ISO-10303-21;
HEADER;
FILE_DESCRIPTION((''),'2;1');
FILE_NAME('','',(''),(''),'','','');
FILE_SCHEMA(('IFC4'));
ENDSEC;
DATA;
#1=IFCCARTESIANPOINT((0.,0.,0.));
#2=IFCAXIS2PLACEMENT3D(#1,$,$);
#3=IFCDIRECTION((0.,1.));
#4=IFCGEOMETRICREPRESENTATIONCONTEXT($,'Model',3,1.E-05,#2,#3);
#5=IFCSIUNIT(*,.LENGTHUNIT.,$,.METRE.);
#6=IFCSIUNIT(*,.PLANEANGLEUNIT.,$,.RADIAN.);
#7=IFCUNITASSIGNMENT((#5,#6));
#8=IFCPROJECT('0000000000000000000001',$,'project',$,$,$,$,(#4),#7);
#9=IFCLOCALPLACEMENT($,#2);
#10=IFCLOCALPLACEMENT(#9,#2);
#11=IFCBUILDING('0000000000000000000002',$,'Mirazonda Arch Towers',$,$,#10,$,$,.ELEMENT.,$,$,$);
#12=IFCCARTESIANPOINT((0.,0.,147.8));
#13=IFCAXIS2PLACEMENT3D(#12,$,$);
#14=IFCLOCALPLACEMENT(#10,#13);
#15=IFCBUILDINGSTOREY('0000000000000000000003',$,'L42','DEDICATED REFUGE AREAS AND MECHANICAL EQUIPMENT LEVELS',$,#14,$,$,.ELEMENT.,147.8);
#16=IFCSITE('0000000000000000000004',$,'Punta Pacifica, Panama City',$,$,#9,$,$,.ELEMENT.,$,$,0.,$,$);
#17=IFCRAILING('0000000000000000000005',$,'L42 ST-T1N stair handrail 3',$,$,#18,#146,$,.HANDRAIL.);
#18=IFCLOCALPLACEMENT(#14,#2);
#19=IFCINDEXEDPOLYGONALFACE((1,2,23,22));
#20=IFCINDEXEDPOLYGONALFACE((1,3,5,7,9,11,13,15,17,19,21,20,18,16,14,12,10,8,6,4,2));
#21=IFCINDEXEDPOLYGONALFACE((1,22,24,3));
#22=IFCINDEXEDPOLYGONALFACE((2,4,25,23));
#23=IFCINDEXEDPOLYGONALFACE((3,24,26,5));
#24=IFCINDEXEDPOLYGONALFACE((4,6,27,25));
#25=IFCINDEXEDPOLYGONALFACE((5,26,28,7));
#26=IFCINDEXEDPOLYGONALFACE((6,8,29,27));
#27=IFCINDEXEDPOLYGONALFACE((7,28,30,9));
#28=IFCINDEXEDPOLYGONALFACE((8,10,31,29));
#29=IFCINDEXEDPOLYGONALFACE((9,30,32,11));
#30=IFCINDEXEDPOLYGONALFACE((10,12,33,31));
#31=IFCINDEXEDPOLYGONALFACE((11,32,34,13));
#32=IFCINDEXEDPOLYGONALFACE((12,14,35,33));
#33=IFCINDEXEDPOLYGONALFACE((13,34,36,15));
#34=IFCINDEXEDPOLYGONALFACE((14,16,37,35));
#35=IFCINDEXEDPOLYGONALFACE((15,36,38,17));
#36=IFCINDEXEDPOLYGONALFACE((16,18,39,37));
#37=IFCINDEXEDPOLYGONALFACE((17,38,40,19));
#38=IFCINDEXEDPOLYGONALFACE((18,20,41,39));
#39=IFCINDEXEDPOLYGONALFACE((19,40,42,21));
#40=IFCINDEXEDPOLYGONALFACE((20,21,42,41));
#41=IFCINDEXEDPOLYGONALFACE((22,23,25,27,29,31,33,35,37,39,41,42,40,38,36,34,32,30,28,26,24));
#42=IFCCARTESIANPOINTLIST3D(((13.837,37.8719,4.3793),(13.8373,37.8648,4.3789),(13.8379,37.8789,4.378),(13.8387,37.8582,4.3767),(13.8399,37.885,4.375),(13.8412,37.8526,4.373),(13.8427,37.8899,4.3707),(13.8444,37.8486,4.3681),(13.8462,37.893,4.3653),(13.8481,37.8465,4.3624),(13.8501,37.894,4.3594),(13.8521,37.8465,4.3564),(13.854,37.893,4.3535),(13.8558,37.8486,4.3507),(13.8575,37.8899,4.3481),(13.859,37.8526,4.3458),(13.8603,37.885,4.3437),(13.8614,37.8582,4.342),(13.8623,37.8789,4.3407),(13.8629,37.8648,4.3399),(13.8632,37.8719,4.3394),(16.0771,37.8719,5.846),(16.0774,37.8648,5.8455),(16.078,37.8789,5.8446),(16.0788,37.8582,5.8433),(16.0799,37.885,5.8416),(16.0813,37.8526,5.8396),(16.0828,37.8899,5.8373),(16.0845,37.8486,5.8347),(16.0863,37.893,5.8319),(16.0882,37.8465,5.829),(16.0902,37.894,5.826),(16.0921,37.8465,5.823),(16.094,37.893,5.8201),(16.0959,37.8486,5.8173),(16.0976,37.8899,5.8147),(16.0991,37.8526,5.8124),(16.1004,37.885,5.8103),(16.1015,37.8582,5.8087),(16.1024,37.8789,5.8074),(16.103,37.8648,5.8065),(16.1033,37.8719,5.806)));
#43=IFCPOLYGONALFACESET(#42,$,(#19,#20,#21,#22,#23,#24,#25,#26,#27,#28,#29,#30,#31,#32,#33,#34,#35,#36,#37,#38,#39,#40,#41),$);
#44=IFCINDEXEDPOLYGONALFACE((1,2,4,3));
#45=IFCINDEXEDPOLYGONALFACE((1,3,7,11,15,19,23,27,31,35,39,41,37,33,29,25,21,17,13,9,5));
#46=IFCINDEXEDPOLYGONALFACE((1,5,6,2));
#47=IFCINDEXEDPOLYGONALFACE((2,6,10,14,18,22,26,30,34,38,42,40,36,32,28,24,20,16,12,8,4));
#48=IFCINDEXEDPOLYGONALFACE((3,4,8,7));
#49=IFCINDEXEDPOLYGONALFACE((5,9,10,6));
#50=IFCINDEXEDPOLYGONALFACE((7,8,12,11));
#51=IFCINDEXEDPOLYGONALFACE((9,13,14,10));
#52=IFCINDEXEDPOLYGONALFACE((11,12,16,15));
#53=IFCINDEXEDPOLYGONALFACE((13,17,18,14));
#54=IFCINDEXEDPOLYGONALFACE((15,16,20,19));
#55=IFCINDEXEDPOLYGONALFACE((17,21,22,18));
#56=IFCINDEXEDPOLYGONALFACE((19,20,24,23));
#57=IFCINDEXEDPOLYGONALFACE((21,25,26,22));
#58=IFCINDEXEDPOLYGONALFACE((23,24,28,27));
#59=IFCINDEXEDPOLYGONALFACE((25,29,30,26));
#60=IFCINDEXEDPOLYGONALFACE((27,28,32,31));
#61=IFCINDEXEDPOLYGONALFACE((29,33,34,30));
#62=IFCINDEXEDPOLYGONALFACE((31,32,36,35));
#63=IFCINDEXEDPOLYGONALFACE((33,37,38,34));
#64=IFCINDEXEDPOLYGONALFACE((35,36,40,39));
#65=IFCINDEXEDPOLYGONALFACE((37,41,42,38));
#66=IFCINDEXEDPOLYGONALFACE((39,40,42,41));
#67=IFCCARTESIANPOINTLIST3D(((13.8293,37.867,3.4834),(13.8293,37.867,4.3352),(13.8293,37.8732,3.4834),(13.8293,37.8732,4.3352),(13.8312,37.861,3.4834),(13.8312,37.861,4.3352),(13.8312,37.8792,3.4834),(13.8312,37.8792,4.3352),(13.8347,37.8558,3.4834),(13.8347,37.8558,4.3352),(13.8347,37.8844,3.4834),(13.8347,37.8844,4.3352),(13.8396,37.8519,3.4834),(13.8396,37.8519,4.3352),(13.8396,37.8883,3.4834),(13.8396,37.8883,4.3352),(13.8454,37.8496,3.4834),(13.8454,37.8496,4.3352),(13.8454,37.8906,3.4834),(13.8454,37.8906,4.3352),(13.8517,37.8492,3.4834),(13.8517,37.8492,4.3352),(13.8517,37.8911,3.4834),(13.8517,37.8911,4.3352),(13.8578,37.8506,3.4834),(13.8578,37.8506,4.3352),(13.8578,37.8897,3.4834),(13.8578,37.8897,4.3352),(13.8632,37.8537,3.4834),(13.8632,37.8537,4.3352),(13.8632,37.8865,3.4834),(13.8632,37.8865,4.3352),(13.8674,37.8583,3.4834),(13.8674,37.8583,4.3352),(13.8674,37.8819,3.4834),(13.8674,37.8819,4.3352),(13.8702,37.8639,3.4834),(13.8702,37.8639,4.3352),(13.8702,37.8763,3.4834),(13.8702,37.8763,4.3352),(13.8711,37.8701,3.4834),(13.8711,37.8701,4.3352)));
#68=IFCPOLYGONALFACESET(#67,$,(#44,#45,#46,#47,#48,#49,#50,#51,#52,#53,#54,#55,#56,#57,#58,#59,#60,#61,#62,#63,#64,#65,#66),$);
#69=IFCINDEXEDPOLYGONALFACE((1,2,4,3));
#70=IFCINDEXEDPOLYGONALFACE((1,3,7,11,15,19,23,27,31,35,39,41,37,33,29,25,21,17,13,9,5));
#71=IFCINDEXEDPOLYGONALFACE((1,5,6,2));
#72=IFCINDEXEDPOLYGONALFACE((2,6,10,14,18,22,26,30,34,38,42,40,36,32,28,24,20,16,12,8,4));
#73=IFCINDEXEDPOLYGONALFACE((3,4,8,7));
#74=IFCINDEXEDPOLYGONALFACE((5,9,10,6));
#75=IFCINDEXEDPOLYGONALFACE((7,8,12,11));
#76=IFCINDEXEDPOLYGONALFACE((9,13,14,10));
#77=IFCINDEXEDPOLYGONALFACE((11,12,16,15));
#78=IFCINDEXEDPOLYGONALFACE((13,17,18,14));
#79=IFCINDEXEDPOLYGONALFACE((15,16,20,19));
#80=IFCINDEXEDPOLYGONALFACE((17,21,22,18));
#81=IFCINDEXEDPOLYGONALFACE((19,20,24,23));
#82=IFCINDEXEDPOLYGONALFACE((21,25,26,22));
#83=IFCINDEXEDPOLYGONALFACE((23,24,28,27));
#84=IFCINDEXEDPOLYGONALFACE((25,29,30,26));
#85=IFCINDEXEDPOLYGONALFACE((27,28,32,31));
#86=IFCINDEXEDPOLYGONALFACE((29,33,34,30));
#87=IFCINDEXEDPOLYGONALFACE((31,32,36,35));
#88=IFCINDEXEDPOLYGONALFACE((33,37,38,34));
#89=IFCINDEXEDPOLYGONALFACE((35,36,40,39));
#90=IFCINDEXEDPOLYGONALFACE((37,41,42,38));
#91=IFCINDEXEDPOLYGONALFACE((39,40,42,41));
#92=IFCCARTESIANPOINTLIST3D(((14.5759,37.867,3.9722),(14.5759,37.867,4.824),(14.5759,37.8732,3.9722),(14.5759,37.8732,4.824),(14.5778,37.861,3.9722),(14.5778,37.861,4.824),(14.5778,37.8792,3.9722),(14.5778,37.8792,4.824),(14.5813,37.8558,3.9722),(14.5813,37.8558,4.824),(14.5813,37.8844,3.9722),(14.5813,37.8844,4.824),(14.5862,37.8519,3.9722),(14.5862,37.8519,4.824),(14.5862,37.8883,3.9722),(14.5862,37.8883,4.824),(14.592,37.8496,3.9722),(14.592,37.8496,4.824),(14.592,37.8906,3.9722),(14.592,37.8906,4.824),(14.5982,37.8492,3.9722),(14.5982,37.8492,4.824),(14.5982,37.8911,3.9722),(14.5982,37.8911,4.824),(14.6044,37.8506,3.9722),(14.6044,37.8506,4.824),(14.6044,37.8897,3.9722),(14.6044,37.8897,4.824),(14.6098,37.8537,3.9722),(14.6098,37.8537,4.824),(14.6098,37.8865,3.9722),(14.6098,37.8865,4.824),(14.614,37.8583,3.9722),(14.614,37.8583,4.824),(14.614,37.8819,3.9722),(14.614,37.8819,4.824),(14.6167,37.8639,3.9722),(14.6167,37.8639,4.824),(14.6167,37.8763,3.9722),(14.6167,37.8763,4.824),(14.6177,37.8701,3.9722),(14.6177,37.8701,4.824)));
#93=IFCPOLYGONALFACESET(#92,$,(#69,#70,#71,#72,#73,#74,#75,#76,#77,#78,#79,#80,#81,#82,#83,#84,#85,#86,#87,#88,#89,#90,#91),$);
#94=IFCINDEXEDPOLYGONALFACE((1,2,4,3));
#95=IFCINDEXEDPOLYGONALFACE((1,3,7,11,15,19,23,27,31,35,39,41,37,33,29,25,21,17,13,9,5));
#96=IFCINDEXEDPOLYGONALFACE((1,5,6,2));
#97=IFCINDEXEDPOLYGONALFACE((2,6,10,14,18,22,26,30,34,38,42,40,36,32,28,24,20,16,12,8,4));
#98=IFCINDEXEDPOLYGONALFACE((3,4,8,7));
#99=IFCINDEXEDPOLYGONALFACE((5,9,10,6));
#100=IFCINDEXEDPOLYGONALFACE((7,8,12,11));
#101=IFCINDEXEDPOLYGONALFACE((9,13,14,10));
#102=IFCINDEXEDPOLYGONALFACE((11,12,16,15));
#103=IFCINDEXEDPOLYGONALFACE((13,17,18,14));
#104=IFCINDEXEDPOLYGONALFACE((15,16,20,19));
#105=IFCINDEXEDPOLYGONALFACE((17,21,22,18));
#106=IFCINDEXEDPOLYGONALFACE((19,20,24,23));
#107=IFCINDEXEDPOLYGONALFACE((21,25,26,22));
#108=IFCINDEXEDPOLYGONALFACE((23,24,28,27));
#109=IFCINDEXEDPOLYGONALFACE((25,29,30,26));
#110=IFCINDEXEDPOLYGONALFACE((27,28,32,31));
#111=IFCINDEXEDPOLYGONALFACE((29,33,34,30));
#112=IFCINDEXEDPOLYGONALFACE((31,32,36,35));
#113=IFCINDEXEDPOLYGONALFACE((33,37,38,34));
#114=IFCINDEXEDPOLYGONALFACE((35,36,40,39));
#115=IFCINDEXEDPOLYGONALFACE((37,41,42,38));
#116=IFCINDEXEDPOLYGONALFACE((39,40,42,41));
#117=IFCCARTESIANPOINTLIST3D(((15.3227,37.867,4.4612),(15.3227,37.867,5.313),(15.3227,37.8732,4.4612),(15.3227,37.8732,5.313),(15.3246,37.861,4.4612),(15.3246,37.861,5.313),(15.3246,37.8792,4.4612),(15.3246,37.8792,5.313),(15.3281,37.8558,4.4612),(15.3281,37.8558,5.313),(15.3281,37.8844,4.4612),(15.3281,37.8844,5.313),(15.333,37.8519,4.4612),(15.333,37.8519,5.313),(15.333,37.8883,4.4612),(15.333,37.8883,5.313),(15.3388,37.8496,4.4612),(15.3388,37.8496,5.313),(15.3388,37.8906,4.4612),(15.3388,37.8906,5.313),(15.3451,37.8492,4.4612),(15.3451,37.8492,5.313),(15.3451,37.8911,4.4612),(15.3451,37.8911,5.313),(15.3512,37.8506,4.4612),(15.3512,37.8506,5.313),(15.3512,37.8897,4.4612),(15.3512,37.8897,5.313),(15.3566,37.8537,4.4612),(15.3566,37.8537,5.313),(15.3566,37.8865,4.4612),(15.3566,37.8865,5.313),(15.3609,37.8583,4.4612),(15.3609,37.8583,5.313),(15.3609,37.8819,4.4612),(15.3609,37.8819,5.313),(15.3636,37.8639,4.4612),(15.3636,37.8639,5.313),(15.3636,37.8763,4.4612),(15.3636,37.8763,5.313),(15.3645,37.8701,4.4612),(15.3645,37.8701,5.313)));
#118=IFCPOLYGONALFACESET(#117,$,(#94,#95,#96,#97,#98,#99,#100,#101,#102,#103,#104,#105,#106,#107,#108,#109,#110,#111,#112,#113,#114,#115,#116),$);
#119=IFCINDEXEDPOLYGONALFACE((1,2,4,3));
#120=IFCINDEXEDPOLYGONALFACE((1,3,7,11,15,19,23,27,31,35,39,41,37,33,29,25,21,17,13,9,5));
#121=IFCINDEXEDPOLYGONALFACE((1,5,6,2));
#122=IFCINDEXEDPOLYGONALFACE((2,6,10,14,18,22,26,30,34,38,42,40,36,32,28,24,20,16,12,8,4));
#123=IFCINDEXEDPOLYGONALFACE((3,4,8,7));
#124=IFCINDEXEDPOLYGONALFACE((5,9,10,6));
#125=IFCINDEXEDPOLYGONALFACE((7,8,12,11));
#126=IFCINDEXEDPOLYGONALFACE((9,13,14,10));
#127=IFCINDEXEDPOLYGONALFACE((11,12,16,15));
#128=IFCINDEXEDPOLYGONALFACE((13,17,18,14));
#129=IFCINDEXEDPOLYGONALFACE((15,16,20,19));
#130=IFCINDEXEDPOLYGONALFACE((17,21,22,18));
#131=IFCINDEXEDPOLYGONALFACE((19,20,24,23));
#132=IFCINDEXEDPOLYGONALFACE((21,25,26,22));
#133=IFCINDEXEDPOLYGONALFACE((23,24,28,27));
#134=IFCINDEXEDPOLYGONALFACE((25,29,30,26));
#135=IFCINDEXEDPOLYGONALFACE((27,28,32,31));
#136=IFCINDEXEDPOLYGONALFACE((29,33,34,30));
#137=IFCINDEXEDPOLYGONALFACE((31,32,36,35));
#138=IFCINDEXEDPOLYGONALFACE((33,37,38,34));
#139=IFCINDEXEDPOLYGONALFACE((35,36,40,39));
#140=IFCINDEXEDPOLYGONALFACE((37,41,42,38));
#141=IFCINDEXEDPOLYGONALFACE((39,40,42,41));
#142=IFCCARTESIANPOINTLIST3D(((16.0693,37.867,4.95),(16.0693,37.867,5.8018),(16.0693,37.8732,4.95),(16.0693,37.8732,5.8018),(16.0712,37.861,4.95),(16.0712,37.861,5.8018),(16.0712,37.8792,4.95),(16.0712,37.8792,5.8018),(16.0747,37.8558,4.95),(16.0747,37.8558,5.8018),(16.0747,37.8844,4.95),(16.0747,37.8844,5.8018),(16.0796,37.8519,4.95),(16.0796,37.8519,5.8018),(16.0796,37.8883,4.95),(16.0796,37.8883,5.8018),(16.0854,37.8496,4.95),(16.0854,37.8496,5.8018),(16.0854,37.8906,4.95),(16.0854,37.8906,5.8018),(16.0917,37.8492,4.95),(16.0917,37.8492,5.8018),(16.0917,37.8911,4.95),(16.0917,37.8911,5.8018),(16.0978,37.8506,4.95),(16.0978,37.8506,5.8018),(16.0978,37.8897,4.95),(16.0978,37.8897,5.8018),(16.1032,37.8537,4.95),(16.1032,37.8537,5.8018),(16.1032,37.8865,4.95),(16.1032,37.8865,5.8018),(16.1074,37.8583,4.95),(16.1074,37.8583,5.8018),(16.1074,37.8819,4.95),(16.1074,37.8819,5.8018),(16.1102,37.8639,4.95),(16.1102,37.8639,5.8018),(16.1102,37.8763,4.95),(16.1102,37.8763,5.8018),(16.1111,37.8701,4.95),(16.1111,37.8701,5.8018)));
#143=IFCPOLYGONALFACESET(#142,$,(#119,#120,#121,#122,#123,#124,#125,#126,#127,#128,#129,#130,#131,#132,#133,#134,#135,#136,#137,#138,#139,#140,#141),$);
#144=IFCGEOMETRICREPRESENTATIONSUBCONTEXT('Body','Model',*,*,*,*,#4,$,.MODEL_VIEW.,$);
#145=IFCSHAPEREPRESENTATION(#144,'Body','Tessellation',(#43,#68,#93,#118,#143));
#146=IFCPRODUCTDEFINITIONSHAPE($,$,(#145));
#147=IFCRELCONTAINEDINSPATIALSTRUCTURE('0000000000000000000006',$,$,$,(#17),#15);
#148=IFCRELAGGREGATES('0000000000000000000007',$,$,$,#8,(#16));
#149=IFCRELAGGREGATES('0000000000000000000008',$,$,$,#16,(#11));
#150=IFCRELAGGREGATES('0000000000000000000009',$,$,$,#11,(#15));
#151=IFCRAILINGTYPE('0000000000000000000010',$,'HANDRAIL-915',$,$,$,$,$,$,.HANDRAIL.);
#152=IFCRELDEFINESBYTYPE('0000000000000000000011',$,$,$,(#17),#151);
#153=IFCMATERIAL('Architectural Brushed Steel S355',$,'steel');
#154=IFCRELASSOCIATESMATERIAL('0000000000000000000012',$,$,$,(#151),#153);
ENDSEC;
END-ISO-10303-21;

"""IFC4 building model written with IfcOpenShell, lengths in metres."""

from ifc_helpers import new_model, si_unit, direction, frame, origin, origin_2d, place, context, subcontext, project, spatial, circle, extrude, material, type_object, element, save


model = new_model("IFC4")

# Units and contexts
model_context = context("Model", 3, precision=1e-05, world=origin(), true_north=direction((0.0, 1.0)))
body_context = subcontext(model_context, "Body", "Model", "MODEL_VIEW")
ifc_project = project(units=[si_unit("LENGTHUNIT", "METRE"), si_unit("PLANEANGLEUNIT", "RADIAN")], contexts=[model_context])

# Site, building, storey
site_placement = place(None, origin())
site = spatial("IfcSite", under=ifc_project, at=site_placement, Name="Punta Pacifica, Panama City", CompositionType="ELEMENT", RefElevation=0.0)
building_placement = place(site_placement, origin())
building = spatial("IfcBuilding", under=site, at=building_placement, Name="Mirazonda Arch Towers", CompositionType="ELEMENT")
storey_placement = place(building_placement, frame((0.0, 0.0, 147.8)))
storey = spatial("IfcBuildingStorey", under=building, at=storey_placement, Name="L42", Description="DEDICATED REFUGE AREAS AND MECHANICAL EQUIPMENT LEVELS", CompositionType="ELEMENT", Elevation=147.8)

# Shared definitions
ifc_material_1 = material(Name="Architectural Brushed Steel S355", Category="steel")

# Railing
railing_type_1 = type_object("IfcRailingType", Name="HANDRAIL-915", PredefinedType="HANDRAIL", material=ifc_material_1)
for number, where, name in (
    (1, (13.8501, 37.8701, 3.4834), "L42 ST-T1N stair handrail 3"),
):
    element("IfcRailing", number, at=place(storey_placement, frame(where)), inside=storey, type_object=railing_type_1, Name=name, PredefinedType="HANDRAIL", context=body_context, shape_type="SweptSolid", body=[
        extrude(circle(Radius=0.0239, at=origin_2d()), frame((0.0, 0.0, 0.876), z_axis=(0.836637, 0.0, 0.547758), x_axis=(0.0, 1.0, 0.0)), (0.0, 0.0, 1.0), 2.6775),
        extrude(circle(Radius=0.021, at=origin_2d()), origin(), (0.0, 0.0, 1.0), 0.8518),
        extrude(circle(Radius=0.021, at=origin_2d()), frame((0.7466, 0.0, 0.4888)), (0.0, 0.0, 1.0), 0.8518),
        extrude(circle(Radius=0.021, at=origin_2d()), frame((1.4934, 0.0, 0.9778)), (0.0, 0.0, 1.0), 0.8518),
        extrude(circle(Radius=0.021, at=origin_2d()), frame((2.24, 0.0, 1.4666)), (0.0, 0.0, 1.0), 0.8518),
    ])

save(model, "model.ifc")
